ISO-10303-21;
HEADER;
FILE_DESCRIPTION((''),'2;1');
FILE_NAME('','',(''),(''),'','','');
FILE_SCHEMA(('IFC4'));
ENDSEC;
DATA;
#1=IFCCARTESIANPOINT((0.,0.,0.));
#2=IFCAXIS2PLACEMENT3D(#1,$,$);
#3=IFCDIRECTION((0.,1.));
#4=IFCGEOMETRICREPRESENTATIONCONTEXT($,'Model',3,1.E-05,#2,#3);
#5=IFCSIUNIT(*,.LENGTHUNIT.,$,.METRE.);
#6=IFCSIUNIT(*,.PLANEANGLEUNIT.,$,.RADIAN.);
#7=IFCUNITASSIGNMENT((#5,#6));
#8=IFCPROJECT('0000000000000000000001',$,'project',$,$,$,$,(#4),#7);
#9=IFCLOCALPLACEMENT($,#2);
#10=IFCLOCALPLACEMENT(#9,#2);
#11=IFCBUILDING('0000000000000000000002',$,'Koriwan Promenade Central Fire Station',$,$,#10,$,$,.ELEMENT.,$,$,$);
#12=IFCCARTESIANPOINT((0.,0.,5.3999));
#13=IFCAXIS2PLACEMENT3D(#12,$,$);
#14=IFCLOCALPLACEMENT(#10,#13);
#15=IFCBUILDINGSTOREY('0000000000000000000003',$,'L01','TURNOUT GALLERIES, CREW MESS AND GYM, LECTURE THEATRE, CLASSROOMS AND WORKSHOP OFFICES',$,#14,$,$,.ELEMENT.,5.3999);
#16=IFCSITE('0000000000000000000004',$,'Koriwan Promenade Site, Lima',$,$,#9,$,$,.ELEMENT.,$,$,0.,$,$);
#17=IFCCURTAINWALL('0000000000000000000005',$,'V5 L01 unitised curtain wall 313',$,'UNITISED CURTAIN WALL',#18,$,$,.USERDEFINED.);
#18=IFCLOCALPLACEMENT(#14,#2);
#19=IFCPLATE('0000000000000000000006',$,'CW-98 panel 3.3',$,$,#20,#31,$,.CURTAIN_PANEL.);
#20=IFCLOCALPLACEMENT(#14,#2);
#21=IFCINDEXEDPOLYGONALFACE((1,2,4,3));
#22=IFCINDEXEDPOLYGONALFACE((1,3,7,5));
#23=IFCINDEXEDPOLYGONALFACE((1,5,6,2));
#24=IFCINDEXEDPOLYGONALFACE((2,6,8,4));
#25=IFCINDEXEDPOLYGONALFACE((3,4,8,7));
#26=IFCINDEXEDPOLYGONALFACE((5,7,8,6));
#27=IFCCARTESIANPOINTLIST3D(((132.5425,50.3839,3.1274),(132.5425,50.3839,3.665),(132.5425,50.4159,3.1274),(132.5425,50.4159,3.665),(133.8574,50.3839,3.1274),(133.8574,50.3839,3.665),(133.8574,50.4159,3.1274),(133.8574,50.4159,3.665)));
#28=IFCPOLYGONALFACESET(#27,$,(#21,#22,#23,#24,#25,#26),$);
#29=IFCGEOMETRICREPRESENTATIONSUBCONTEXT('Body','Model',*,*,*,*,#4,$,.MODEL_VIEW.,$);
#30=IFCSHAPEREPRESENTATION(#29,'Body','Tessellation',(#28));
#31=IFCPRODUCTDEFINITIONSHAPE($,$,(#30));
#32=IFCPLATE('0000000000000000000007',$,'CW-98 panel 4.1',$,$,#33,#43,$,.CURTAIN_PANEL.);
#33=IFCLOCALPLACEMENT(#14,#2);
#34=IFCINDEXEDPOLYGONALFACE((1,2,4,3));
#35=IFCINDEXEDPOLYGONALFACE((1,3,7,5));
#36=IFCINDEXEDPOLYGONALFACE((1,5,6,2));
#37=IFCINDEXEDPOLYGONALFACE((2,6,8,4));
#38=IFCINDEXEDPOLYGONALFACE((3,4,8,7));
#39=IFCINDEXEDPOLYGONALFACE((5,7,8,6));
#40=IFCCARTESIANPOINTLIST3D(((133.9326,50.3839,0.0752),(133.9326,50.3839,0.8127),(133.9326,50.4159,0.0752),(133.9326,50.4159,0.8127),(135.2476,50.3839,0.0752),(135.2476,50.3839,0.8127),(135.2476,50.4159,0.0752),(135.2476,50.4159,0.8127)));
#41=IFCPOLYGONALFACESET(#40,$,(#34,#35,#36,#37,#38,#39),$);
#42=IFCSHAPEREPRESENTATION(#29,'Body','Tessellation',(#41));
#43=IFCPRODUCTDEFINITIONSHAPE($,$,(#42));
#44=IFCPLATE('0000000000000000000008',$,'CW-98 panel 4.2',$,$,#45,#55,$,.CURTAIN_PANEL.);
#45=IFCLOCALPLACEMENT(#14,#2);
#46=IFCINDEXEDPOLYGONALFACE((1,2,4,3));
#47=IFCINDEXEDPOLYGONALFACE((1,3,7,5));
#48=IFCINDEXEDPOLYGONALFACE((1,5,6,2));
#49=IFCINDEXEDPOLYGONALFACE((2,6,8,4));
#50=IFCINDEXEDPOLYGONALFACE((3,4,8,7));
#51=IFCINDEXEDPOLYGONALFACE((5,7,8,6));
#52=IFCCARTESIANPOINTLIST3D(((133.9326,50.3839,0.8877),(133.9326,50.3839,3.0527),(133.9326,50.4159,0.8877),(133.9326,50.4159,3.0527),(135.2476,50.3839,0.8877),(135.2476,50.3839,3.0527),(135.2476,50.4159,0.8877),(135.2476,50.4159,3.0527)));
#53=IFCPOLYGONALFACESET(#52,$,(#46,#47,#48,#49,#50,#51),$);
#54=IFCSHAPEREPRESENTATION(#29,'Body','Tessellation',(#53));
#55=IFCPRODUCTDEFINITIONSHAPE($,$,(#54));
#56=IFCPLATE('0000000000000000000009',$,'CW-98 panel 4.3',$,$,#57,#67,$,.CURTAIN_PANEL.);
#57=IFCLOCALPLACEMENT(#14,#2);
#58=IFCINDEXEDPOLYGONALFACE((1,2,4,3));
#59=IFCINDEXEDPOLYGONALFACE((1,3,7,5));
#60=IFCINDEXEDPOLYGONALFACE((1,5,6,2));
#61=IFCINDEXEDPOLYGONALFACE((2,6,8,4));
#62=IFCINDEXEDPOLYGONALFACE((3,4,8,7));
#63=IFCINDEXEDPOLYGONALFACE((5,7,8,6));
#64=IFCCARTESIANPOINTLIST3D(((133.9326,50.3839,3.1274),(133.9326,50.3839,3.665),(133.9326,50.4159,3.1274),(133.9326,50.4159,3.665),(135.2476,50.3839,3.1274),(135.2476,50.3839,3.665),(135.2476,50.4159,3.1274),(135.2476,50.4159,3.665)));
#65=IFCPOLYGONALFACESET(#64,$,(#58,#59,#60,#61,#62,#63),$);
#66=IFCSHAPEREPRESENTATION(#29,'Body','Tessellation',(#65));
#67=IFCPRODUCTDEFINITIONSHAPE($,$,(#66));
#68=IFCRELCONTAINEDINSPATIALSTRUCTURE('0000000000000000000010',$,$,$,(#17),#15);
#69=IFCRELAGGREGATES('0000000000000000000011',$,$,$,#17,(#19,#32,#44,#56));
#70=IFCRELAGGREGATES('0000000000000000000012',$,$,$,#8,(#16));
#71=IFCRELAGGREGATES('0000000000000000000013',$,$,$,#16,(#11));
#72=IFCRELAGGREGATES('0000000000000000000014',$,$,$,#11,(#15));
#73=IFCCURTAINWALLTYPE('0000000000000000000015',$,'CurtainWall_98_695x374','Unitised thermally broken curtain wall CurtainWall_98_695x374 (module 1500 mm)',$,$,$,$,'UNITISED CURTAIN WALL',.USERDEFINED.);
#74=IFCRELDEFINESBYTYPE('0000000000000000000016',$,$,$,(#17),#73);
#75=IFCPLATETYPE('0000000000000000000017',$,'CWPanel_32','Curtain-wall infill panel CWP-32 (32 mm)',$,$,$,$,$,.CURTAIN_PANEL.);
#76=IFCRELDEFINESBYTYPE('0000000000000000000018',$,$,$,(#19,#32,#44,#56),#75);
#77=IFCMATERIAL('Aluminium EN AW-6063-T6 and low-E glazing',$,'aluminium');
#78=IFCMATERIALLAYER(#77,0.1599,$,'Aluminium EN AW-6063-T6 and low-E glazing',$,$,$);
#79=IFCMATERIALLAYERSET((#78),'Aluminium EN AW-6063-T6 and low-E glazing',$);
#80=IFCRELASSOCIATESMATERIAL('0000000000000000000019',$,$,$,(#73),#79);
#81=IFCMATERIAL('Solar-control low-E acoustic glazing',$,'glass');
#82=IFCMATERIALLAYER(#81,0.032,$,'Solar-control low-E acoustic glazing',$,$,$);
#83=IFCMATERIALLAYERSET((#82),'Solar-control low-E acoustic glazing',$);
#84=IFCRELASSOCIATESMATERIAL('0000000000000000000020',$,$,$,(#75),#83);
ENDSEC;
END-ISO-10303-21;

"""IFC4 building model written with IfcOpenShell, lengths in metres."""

from ifc_helpers import new_model, si_unit, direction, frame, origin, origin_2d, place, context, subcontext, project, spatial, rectangle, extrude, material, layer, layer_set, type_object, element, aggregate, save


model = new_model("IFC4")

# Units and contexts
model_context = context("Model", 3, precision=1e-05, world=origin(), true_north=direction((0.0, 1.0)))
body_context = subcontext(model_context, "Body", "Model", "MODEL_VIEW")
ifc_project = project(units=[si_unit("LENGTHUNIT", "METRE"), si_unit("PLANEANGLEUNIT", "RADIAN")], contexts=[model_context])

# Site, building, storey
site_placement = place(None, origin())
site = spatial("IfcSite", under=ifc_project, at=site_placement, Name="Koriwan Promenade Site, Lima", CompositionType="ELEMENT", RefElevation=0.0)
building_placement = place(site_placement, origin())
building = spatial("IfcBuilding", under=site, at=building_placement, Name="Koriwan Promenade Central Fire Station", CompositionType="ELEMENT")
storey_placement = place(building_placement, frame((0.0, 0.0, 5.3999)))
storey = spatial("IfcBuildingStorey", under=building, at=storey_placement, Name="L01", Description="TURNOUT GALLERIES, CREW MESS AND GYM, LECTURE THEATRE, CLASSROOMS AND WORKSHOP OFFICES", CompositionType="ELEMENT", Elevation=5.3999)

# Curtain wall
ifc_material_1 = material(Name="Aluminium EN AW-6063-T6 and low-E glazing", Category="aluminium")
ifc_layer_1 = layer(ifc_material_1, 0.1599, Name="Aluminium EN AW-6063-T6 and low-E glazing")
ifc_layer_set_1 = layer_set([ifc_layer_1], Name="Aluminium EN AW-6063-T6 and low-E glazing")
curtain_wall_type = type_object("IfcCurtainWallType", Name="CurtainWall_98_695x374", Description="Unitised thermally broken curtain wall CurtainWall_98_695x374 (module 1500 mm)", ElementType="UNITISED CURTAIN WALL", PredefinedType="USERDEFINED", material=ifc_layer_set_1)
curtain_wall_1_placement = place(storey_placement, origin())
curtain_wall_1 = element("IfcCurtainWall", 1, at=curtain_wall_1_placement, inside=storey, type_object=curtain_wall_type, Name="V5 L01 unitised curtain wall 313", ObjectType="UNITISED CURTAIN WALL", PredefinedType="USERDEFINED")

# Plates
ifc_material_2 = material(Name="Solar-control low-E acoustic glazing", Category="glass")
ifc_layer_2 = layer(ifc_material_2, 0.032, Name="Solar-control low-E acoustic glazing")
ifc_layer_set_2 = layer_set([ifc_layer_2], Name="Solar-control low-E acoustic glazing")
plate_type = type_object("IfcPlateType", Name="CWPanel_32", Description="Curtain-wall infill panel CWP-32 (32 mm)", PredefinedType="CURTAIN_PANEL", material=ifc_layer_set_2)
plate_1_placement = place(storey_placement, frame((133.2, 50.3999, 3.1274), z_axis=(0.0, 0.0, 1.0), x_axis=(1.0, 0.0, 0.0)))
plate_1 = element("IfcPlate", 2, at=plate_1_placement, type_object=plate_type, Name="CW-98 panel 3.3", PredefinedType="CURTAIN_PANEL", context=body_context, shape_type="SweptSolid", body=[
    extrude(rectangle(XDim=1.3149, YDim=0.032, at=origin_2d()), origin(), (0.0, 0.0, 1.0), 0.5376),
])
plate_2_placement = place(storey_placement, frame((134.5901, 50.3999, 0.0752), z_axis=(0.0, 0.0, 1.0), x_axis=(1.0, 0.0, 0.0)))
plate_2 = element("IfcPlate", 3, at=plate_2_placement, type_object=plate_type, Name="CW-98 panel 4.1", PredefinedType="CURTAIN_PANEL", context=body_context, shape_type="SweptSolid", body=[
    extrude(rectangle(XDim=1.3149, YDim=0.032, at=origin_2d()), origin(), (0.0, 0.0, 1.0), 0.7375),
])
plate_3_placement = place(storey_placement, frame((134.5901, 50.3999, 0.8877), z_axis=(0.0, 0.0, 1.0), x_axis=(1.0, 0.0, 0.0)))
plate_3 = element("IfcPlate", 4, at=plate_3_placement, type_object=plate_type, Name="CW-98 panel 4.2", PredefinedType="CURTAIN_PANEL", context=body_context, shape_type="SweptSolid", body=[
    extrude(rectangle(XDim=1.3149, YDim=0.032, at=origin_2d()), origin(), (0.0, 0.0, 1.0), 2.165),
])
plate_4_placement = place(storey_placement, frame((134.5901, 50.3999, 3.1274), z_axis=(0.0, 0.0, 1.0), x_axis=(1.0, 0.0, 0.0)))
plate_4 = element("IfcPlate", 5, at=plate_4_placement, type_object=plate_type, Name="CW-98 panel 4.3", PredefinedType="CURTAIN_PANEL", context=body_context, shape_type="SweptSolid", body=[
    extrude(rectangle(XDim=1.3149, YDim=0.032, at=origin_2d()), origin(), (0.0, 0.0, 1.0), 0.5376),
])
aggregate(curtain_wall_1, [plate_1, plate_2, plate_3, plate_4])

save(model, "model.ifc")
